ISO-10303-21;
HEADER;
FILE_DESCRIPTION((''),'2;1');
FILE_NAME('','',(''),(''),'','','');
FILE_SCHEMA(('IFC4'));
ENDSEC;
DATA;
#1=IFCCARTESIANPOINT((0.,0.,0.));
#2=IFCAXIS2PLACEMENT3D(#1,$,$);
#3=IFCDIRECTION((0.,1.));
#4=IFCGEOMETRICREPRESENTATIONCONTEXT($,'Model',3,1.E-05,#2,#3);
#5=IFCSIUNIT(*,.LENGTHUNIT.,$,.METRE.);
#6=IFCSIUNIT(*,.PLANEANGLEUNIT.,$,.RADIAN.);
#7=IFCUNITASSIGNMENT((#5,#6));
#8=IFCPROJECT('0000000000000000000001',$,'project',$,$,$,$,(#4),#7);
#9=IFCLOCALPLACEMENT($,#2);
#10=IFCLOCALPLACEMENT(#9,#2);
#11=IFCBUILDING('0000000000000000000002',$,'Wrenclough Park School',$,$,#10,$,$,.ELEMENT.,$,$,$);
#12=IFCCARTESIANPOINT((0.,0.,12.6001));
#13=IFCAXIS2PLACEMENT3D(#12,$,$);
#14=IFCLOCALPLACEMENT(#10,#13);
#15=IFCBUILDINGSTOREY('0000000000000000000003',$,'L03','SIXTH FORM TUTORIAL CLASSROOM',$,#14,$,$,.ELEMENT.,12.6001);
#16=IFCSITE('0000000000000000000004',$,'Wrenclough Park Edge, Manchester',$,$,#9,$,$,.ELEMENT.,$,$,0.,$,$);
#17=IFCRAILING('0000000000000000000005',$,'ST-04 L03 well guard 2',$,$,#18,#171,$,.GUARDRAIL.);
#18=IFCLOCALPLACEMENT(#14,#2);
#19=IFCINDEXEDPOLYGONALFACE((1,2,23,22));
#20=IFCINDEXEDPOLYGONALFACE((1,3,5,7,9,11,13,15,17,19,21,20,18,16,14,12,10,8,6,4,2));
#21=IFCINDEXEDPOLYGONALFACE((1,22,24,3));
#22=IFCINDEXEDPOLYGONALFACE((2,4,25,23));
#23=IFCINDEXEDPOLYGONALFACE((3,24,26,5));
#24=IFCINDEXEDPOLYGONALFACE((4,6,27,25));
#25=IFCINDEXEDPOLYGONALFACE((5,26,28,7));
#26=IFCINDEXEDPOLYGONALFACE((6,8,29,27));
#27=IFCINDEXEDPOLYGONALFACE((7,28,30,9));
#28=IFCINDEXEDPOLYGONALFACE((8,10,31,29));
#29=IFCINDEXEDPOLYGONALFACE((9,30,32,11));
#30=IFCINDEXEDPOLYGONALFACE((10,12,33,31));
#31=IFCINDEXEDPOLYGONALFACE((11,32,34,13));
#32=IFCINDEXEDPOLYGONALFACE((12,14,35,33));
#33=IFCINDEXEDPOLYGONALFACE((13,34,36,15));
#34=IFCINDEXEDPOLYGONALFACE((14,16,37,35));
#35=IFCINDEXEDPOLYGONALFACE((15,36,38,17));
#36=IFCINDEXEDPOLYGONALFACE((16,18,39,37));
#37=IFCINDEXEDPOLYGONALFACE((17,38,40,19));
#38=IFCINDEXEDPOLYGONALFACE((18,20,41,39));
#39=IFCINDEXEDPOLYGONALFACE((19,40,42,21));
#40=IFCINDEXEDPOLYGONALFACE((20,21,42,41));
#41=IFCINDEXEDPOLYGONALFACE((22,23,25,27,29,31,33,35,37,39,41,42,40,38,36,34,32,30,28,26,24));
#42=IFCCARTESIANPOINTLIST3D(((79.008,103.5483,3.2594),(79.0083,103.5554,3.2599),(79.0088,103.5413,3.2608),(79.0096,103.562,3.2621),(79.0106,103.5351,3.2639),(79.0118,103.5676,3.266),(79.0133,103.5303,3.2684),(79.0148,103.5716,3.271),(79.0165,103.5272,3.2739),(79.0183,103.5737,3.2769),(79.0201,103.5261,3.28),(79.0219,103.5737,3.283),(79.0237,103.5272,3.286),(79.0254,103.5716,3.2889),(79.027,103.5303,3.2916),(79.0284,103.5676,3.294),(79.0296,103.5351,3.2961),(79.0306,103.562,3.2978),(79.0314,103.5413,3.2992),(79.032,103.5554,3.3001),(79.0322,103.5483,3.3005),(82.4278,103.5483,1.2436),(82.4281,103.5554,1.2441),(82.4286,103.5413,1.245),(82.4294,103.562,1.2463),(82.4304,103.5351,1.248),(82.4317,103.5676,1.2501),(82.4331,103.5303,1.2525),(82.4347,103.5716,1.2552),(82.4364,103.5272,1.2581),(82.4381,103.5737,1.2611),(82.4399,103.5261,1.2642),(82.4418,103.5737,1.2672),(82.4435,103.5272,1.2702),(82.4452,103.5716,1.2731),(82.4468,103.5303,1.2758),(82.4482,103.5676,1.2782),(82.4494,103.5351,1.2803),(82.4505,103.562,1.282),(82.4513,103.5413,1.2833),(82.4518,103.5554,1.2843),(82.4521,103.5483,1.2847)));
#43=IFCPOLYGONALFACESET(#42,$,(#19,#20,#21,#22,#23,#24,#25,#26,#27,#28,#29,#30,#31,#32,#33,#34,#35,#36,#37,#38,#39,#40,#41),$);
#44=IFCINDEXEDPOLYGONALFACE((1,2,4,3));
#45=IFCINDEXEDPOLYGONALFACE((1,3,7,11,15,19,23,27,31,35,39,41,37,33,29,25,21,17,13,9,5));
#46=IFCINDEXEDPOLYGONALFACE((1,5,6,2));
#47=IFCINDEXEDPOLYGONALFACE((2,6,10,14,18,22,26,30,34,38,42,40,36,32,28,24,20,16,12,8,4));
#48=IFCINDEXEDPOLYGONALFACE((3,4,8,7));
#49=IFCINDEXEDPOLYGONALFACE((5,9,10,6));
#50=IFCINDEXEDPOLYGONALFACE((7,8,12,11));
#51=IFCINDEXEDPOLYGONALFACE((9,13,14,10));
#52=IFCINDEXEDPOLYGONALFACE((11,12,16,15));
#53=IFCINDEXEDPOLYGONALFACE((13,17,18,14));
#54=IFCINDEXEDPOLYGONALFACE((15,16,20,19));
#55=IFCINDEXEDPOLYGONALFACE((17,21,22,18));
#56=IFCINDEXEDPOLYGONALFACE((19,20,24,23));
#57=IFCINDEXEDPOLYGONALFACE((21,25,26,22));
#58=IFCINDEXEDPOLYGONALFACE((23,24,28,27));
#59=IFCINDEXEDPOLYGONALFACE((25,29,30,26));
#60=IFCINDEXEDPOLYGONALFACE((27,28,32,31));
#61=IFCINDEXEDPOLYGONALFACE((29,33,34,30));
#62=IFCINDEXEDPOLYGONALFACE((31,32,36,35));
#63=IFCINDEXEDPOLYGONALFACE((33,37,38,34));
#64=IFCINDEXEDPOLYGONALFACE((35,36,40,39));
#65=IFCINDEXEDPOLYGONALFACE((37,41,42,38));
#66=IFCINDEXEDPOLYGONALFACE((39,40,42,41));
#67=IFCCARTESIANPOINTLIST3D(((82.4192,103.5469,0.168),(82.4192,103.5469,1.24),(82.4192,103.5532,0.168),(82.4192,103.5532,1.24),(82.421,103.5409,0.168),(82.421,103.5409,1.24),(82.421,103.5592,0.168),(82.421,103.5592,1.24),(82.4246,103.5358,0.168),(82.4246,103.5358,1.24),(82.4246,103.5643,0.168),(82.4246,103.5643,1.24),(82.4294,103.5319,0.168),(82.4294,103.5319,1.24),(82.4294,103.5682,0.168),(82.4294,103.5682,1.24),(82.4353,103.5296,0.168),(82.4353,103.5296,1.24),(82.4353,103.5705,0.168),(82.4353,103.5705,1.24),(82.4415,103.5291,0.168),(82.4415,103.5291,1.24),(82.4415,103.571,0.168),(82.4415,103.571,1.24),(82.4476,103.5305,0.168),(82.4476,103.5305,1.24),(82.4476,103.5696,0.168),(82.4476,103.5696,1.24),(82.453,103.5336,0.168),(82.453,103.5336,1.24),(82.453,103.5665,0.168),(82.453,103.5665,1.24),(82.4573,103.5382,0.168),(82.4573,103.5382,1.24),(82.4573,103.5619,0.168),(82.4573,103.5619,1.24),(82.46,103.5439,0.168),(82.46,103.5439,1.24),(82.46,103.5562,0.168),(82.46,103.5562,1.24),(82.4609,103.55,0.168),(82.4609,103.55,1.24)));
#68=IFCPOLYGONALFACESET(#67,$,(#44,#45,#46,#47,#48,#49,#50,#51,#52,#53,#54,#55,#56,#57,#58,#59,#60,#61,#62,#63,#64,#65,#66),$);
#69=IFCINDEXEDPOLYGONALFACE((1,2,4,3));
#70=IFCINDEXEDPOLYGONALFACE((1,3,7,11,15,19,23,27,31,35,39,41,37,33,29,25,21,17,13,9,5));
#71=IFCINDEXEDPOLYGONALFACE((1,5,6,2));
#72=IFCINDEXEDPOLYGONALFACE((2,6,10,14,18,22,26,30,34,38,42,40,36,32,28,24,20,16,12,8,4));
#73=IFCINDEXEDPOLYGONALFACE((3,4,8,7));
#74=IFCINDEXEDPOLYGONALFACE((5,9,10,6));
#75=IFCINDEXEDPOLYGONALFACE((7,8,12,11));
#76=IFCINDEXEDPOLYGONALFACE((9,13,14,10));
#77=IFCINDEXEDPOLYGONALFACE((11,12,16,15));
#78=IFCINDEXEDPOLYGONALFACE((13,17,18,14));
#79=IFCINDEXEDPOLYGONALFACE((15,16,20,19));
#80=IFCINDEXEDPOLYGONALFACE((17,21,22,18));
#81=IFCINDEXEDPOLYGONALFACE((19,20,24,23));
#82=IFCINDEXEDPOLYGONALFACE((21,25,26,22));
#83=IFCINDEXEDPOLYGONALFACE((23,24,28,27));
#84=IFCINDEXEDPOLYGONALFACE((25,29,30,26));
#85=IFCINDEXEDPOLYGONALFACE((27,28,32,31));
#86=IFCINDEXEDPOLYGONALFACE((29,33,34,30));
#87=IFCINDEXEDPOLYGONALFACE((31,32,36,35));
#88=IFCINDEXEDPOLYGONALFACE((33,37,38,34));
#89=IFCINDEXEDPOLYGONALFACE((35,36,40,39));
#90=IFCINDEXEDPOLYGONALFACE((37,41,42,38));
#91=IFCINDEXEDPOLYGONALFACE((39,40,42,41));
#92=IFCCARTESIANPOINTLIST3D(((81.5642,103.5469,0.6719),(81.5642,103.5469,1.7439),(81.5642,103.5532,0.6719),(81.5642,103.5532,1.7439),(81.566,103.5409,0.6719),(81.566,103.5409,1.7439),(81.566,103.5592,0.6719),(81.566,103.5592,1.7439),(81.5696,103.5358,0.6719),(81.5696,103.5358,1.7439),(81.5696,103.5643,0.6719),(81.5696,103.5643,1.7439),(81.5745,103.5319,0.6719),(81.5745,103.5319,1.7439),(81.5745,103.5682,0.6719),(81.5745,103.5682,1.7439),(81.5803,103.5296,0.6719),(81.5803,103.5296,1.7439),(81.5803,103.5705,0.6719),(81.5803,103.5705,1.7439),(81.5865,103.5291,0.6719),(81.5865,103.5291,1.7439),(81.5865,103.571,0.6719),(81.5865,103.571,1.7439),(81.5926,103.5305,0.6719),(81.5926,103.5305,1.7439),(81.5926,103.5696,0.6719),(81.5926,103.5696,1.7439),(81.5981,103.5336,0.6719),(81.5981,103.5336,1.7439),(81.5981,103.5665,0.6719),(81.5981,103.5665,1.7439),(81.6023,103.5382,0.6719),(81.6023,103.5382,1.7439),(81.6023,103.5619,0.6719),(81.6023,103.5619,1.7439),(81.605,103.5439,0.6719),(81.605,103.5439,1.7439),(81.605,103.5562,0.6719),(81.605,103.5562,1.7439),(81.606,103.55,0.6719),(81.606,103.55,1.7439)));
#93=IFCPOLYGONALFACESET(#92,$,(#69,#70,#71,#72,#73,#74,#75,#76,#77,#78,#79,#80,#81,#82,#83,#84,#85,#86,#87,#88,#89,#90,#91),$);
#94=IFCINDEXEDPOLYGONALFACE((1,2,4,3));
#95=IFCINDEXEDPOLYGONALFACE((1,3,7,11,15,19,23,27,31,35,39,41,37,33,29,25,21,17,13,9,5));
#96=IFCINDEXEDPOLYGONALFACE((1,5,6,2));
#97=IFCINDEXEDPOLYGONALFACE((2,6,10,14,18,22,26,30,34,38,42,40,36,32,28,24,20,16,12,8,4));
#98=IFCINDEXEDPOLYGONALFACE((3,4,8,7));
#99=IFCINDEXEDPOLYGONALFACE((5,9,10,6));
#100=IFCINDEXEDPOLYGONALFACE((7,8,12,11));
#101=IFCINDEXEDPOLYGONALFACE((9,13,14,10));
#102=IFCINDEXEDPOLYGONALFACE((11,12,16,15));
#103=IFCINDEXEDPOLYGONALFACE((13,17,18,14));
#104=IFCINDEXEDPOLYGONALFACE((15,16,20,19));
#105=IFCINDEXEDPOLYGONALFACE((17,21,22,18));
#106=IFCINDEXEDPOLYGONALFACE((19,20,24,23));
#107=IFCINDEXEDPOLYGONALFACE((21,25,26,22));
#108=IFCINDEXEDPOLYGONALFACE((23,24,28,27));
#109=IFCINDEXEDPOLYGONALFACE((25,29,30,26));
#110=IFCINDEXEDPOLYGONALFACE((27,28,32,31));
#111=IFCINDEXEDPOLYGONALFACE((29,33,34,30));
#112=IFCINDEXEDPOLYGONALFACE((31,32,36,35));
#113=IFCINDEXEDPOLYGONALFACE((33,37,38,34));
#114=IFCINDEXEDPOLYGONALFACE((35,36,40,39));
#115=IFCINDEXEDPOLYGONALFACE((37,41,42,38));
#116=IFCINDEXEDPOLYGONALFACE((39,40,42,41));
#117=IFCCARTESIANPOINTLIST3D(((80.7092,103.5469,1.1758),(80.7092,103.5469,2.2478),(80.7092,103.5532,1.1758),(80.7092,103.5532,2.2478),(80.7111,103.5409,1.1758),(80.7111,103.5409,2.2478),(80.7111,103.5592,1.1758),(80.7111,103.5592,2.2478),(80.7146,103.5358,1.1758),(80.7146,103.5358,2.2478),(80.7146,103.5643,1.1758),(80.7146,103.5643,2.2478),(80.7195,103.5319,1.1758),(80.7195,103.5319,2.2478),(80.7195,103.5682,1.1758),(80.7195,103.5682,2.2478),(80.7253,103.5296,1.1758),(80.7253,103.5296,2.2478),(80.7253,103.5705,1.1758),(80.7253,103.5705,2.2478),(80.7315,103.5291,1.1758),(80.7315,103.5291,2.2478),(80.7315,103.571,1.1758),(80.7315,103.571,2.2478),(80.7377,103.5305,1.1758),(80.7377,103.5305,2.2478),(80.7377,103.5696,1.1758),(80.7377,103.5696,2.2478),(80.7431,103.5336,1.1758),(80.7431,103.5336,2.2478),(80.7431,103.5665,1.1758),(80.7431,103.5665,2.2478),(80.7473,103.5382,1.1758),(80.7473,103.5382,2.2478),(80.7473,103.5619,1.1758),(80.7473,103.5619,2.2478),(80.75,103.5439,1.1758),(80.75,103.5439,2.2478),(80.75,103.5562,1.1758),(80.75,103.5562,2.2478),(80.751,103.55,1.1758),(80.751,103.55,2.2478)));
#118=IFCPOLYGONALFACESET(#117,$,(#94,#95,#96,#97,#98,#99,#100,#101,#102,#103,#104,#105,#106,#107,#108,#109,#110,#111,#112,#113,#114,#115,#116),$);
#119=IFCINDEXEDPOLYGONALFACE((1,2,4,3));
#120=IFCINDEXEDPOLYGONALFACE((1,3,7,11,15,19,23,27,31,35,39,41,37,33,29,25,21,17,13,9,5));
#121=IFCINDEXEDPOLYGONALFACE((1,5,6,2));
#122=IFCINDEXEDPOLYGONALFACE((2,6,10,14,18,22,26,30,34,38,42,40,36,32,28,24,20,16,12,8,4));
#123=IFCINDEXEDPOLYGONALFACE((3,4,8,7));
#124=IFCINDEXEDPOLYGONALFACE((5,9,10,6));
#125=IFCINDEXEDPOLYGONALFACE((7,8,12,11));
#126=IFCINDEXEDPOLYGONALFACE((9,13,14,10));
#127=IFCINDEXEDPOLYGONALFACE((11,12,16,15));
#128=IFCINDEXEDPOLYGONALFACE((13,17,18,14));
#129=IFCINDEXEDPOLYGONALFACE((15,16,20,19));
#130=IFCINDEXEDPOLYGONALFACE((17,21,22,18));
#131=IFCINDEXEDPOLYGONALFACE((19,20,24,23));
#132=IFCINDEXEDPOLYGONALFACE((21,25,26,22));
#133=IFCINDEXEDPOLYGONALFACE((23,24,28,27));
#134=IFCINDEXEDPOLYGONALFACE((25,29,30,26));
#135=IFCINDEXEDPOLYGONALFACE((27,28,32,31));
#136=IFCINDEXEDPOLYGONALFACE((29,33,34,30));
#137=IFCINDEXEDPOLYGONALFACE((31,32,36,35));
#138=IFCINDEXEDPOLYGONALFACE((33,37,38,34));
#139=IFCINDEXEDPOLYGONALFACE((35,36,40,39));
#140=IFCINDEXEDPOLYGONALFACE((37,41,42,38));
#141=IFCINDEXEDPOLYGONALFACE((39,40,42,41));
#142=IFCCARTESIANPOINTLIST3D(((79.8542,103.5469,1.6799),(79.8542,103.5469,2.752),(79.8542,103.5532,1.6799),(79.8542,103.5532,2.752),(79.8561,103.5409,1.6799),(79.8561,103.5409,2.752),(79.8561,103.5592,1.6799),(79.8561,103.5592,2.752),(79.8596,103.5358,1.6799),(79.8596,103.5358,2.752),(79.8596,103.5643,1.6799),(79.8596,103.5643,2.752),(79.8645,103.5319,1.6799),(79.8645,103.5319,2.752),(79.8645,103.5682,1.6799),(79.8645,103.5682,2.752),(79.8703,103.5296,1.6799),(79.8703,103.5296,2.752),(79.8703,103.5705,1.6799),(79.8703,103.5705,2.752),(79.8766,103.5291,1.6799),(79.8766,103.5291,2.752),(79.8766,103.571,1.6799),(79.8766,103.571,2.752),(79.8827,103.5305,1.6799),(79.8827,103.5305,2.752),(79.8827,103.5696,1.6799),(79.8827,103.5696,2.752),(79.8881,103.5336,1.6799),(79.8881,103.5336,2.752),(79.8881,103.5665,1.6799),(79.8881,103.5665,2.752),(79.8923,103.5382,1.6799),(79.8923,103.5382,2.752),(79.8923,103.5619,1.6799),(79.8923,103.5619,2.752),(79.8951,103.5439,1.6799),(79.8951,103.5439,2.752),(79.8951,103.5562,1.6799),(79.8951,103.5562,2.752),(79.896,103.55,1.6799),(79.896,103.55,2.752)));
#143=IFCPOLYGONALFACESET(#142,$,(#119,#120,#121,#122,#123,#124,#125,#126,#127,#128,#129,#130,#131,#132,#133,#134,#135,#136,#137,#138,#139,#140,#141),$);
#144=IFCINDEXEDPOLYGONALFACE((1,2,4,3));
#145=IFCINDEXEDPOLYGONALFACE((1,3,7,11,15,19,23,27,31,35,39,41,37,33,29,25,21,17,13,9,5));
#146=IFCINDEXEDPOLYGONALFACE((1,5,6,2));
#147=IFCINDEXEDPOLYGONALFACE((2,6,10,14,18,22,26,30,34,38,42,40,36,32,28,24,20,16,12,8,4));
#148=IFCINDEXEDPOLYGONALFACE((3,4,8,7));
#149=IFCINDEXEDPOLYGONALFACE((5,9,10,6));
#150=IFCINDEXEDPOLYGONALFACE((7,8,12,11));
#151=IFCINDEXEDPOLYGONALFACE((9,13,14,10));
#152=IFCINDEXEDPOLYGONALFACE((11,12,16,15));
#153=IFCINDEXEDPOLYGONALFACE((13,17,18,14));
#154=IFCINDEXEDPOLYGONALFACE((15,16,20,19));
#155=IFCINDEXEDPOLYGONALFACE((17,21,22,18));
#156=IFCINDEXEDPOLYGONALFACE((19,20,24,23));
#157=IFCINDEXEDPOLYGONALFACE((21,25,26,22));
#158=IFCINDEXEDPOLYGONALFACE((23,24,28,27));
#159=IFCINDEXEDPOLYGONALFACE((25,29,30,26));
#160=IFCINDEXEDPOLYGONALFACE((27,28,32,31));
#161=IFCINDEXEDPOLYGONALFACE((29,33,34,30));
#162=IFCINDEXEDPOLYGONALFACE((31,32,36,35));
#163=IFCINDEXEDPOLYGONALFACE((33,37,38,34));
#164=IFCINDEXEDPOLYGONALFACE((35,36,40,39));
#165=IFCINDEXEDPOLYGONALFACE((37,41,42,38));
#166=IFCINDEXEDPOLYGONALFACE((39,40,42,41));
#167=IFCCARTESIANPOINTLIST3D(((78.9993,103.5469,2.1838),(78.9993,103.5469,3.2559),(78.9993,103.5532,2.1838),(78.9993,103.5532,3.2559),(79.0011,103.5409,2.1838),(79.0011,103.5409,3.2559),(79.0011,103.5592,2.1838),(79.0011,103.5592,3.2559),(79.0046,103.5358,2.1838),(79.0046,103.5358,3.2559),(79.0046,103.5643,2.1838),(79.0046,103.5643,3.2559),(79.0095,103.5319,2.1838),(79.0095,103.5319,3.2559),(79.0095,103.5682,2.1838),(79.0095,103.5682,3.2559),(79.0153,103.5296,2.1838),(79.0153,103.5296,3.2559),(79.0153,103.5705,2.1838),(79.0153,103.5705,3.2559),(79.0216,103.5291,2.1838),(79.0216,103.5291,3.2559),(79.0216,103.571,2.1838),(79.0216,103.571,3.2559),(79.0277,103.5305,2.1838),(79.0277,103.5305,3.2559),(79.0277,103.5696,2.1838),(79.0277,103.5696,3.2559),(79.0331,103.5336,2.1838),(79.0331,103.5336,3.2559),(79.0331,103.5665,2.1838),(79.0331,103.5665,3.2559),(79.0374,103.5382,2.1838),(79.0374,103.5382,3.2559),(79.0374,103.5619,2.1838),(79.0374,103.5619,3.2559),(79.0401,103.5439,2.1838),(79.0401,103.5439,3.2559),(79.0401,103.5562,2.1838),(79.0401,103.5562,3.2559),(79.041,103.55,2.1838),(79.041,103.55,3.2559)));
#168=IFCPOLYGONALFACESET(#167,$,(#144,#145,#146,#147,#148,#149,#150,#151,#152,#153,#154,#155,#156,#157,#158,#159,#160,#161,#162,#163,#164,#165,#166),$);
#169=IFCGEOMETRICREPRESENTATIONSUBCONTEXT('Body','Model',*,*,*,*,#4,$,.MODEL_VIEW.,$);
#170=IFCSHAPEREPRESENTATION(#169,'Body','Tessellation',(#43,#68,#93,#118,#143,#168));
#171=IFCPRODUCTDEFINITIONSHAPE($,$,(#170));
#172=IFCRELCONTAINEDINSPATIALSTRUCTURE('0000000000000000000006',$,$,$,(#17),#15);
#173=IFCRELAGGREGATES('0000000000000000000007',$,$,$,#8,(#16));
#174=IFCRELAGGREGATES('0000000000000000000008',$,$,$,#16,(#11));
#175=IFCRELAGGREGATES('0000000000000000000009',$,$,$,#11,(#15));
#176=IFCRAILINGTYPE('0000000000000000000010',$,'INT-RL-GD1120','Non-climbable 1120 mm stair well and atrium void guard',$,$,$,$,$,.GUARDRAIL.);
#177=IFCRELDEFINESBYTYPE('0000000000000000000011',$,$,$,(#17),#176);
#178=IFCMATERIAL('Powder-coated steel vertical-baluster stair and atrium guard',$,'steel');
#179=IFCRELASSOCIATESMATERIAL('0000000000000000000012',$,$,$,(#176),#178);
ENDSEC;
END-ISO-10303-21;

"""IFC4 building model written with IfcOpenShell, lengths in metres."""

from ifc_helpers import new_model, si_unit, direction, frame, origin, origin_2d, place, context, subcontext, project, spatial, circle, extrude, material, type_object, element, save


model = new_model("IFC4")

# Units and contexts
model_context = context("Model", 3, precision=1e-05, world=origin(), true_north=direction((0.0, 1.0)))
body_context = subcontext(model_context, "Body", "Model", "MODEL_VIEW")
ifc_project = project(units=[si_unit("LENGTHUNIT", "METRE"), si_unit("PLANEANGLEUNIT", "RADIAN")], contexts=[model_context])

# Site, building, storey
site_placement = place(None, origin())
site = spatial("IfcSite", under=ifc_project, at=site_placement, Name="Wrenclough Park Edge, Manchester", CompositionType="ELEMENT", RefElevation=0.0)
building_placement = place(site_placement, origin())
building = spatial("IfcBuilding", under=site, at=building_placement, Name="Wrenclough Park School", CompositionType="ELEMENT")
storey_placement = place(building_placement, frame((0.0, 0.0, 12.6001)))
storey = spatial("IfcBuildingStorey", under=building, at=storey_placement, Name="L03", Description="SIXTH FORM TUTORIAL CLASSROOM", CompositionType="ELEMENT", Elevation=12.6001)

# Railing
ifc_material_1 = material(Name="Powder-coated steel vertical-baluster stair and atrium guard", Category="steel")
railing_type_1 = type_object("IfcRailingType", Name="INT-RL-GD1120", Description="Non-climbable 1120 mm stair well and atrium void guard", PredefinedType="GUARDRAIL", material=ifc_material_1)
railing_1_placement = place(storey_placement, frame((82.4399, 103.55, 0.168)))
element("IfcRailing", 1, at=railing_1_placement, inside=storey, type_object=railing_type_1, Name="ST-04 L03 well guard 2", PredefinedType="GUARDRAIL", context=body_context, shape_type="SweptSolid", body=[
    extrude(circle(Radius=0.0239, at=origin_2d()), frame((0.0, 0.0, 1.0962), z_axis=(-0.861477, 0.0, 0.507797), x_axis=(0.0, -1.0, 0.0)), (0.0, 0.0, 1.0), 3.9697),
    extrude(circle(Radius=0.021, at=origin_2d()), origin(), (0.0, 0.0, 1.0), 1.072),
    extrude(circle(Radius=0.021, at=origin_2d()), frame((-0.855, 0.0, 0.5039)), (0.0, 0.0, 1.0), 1.072),
    extrude(circle(Radius=0.021, at=origin_2d()), frame((-1.71, 0.0, 1.0078)), (0.0, 0.0, 1.0), 1.072),
    extrude(circle(Radius=0.021, at=origin_2d()), frame((-2.5649, 0.0, 1.512)), (0.0, 0.0, 1.0), 1.072),
    extrude(circle(Radius=0.021, at=origin_2d()), frame((-3.4199, 0.0, 2.0159)), (0.0, 0.0, 1.0), 1.072),
])

save(model, "model.ifc")
